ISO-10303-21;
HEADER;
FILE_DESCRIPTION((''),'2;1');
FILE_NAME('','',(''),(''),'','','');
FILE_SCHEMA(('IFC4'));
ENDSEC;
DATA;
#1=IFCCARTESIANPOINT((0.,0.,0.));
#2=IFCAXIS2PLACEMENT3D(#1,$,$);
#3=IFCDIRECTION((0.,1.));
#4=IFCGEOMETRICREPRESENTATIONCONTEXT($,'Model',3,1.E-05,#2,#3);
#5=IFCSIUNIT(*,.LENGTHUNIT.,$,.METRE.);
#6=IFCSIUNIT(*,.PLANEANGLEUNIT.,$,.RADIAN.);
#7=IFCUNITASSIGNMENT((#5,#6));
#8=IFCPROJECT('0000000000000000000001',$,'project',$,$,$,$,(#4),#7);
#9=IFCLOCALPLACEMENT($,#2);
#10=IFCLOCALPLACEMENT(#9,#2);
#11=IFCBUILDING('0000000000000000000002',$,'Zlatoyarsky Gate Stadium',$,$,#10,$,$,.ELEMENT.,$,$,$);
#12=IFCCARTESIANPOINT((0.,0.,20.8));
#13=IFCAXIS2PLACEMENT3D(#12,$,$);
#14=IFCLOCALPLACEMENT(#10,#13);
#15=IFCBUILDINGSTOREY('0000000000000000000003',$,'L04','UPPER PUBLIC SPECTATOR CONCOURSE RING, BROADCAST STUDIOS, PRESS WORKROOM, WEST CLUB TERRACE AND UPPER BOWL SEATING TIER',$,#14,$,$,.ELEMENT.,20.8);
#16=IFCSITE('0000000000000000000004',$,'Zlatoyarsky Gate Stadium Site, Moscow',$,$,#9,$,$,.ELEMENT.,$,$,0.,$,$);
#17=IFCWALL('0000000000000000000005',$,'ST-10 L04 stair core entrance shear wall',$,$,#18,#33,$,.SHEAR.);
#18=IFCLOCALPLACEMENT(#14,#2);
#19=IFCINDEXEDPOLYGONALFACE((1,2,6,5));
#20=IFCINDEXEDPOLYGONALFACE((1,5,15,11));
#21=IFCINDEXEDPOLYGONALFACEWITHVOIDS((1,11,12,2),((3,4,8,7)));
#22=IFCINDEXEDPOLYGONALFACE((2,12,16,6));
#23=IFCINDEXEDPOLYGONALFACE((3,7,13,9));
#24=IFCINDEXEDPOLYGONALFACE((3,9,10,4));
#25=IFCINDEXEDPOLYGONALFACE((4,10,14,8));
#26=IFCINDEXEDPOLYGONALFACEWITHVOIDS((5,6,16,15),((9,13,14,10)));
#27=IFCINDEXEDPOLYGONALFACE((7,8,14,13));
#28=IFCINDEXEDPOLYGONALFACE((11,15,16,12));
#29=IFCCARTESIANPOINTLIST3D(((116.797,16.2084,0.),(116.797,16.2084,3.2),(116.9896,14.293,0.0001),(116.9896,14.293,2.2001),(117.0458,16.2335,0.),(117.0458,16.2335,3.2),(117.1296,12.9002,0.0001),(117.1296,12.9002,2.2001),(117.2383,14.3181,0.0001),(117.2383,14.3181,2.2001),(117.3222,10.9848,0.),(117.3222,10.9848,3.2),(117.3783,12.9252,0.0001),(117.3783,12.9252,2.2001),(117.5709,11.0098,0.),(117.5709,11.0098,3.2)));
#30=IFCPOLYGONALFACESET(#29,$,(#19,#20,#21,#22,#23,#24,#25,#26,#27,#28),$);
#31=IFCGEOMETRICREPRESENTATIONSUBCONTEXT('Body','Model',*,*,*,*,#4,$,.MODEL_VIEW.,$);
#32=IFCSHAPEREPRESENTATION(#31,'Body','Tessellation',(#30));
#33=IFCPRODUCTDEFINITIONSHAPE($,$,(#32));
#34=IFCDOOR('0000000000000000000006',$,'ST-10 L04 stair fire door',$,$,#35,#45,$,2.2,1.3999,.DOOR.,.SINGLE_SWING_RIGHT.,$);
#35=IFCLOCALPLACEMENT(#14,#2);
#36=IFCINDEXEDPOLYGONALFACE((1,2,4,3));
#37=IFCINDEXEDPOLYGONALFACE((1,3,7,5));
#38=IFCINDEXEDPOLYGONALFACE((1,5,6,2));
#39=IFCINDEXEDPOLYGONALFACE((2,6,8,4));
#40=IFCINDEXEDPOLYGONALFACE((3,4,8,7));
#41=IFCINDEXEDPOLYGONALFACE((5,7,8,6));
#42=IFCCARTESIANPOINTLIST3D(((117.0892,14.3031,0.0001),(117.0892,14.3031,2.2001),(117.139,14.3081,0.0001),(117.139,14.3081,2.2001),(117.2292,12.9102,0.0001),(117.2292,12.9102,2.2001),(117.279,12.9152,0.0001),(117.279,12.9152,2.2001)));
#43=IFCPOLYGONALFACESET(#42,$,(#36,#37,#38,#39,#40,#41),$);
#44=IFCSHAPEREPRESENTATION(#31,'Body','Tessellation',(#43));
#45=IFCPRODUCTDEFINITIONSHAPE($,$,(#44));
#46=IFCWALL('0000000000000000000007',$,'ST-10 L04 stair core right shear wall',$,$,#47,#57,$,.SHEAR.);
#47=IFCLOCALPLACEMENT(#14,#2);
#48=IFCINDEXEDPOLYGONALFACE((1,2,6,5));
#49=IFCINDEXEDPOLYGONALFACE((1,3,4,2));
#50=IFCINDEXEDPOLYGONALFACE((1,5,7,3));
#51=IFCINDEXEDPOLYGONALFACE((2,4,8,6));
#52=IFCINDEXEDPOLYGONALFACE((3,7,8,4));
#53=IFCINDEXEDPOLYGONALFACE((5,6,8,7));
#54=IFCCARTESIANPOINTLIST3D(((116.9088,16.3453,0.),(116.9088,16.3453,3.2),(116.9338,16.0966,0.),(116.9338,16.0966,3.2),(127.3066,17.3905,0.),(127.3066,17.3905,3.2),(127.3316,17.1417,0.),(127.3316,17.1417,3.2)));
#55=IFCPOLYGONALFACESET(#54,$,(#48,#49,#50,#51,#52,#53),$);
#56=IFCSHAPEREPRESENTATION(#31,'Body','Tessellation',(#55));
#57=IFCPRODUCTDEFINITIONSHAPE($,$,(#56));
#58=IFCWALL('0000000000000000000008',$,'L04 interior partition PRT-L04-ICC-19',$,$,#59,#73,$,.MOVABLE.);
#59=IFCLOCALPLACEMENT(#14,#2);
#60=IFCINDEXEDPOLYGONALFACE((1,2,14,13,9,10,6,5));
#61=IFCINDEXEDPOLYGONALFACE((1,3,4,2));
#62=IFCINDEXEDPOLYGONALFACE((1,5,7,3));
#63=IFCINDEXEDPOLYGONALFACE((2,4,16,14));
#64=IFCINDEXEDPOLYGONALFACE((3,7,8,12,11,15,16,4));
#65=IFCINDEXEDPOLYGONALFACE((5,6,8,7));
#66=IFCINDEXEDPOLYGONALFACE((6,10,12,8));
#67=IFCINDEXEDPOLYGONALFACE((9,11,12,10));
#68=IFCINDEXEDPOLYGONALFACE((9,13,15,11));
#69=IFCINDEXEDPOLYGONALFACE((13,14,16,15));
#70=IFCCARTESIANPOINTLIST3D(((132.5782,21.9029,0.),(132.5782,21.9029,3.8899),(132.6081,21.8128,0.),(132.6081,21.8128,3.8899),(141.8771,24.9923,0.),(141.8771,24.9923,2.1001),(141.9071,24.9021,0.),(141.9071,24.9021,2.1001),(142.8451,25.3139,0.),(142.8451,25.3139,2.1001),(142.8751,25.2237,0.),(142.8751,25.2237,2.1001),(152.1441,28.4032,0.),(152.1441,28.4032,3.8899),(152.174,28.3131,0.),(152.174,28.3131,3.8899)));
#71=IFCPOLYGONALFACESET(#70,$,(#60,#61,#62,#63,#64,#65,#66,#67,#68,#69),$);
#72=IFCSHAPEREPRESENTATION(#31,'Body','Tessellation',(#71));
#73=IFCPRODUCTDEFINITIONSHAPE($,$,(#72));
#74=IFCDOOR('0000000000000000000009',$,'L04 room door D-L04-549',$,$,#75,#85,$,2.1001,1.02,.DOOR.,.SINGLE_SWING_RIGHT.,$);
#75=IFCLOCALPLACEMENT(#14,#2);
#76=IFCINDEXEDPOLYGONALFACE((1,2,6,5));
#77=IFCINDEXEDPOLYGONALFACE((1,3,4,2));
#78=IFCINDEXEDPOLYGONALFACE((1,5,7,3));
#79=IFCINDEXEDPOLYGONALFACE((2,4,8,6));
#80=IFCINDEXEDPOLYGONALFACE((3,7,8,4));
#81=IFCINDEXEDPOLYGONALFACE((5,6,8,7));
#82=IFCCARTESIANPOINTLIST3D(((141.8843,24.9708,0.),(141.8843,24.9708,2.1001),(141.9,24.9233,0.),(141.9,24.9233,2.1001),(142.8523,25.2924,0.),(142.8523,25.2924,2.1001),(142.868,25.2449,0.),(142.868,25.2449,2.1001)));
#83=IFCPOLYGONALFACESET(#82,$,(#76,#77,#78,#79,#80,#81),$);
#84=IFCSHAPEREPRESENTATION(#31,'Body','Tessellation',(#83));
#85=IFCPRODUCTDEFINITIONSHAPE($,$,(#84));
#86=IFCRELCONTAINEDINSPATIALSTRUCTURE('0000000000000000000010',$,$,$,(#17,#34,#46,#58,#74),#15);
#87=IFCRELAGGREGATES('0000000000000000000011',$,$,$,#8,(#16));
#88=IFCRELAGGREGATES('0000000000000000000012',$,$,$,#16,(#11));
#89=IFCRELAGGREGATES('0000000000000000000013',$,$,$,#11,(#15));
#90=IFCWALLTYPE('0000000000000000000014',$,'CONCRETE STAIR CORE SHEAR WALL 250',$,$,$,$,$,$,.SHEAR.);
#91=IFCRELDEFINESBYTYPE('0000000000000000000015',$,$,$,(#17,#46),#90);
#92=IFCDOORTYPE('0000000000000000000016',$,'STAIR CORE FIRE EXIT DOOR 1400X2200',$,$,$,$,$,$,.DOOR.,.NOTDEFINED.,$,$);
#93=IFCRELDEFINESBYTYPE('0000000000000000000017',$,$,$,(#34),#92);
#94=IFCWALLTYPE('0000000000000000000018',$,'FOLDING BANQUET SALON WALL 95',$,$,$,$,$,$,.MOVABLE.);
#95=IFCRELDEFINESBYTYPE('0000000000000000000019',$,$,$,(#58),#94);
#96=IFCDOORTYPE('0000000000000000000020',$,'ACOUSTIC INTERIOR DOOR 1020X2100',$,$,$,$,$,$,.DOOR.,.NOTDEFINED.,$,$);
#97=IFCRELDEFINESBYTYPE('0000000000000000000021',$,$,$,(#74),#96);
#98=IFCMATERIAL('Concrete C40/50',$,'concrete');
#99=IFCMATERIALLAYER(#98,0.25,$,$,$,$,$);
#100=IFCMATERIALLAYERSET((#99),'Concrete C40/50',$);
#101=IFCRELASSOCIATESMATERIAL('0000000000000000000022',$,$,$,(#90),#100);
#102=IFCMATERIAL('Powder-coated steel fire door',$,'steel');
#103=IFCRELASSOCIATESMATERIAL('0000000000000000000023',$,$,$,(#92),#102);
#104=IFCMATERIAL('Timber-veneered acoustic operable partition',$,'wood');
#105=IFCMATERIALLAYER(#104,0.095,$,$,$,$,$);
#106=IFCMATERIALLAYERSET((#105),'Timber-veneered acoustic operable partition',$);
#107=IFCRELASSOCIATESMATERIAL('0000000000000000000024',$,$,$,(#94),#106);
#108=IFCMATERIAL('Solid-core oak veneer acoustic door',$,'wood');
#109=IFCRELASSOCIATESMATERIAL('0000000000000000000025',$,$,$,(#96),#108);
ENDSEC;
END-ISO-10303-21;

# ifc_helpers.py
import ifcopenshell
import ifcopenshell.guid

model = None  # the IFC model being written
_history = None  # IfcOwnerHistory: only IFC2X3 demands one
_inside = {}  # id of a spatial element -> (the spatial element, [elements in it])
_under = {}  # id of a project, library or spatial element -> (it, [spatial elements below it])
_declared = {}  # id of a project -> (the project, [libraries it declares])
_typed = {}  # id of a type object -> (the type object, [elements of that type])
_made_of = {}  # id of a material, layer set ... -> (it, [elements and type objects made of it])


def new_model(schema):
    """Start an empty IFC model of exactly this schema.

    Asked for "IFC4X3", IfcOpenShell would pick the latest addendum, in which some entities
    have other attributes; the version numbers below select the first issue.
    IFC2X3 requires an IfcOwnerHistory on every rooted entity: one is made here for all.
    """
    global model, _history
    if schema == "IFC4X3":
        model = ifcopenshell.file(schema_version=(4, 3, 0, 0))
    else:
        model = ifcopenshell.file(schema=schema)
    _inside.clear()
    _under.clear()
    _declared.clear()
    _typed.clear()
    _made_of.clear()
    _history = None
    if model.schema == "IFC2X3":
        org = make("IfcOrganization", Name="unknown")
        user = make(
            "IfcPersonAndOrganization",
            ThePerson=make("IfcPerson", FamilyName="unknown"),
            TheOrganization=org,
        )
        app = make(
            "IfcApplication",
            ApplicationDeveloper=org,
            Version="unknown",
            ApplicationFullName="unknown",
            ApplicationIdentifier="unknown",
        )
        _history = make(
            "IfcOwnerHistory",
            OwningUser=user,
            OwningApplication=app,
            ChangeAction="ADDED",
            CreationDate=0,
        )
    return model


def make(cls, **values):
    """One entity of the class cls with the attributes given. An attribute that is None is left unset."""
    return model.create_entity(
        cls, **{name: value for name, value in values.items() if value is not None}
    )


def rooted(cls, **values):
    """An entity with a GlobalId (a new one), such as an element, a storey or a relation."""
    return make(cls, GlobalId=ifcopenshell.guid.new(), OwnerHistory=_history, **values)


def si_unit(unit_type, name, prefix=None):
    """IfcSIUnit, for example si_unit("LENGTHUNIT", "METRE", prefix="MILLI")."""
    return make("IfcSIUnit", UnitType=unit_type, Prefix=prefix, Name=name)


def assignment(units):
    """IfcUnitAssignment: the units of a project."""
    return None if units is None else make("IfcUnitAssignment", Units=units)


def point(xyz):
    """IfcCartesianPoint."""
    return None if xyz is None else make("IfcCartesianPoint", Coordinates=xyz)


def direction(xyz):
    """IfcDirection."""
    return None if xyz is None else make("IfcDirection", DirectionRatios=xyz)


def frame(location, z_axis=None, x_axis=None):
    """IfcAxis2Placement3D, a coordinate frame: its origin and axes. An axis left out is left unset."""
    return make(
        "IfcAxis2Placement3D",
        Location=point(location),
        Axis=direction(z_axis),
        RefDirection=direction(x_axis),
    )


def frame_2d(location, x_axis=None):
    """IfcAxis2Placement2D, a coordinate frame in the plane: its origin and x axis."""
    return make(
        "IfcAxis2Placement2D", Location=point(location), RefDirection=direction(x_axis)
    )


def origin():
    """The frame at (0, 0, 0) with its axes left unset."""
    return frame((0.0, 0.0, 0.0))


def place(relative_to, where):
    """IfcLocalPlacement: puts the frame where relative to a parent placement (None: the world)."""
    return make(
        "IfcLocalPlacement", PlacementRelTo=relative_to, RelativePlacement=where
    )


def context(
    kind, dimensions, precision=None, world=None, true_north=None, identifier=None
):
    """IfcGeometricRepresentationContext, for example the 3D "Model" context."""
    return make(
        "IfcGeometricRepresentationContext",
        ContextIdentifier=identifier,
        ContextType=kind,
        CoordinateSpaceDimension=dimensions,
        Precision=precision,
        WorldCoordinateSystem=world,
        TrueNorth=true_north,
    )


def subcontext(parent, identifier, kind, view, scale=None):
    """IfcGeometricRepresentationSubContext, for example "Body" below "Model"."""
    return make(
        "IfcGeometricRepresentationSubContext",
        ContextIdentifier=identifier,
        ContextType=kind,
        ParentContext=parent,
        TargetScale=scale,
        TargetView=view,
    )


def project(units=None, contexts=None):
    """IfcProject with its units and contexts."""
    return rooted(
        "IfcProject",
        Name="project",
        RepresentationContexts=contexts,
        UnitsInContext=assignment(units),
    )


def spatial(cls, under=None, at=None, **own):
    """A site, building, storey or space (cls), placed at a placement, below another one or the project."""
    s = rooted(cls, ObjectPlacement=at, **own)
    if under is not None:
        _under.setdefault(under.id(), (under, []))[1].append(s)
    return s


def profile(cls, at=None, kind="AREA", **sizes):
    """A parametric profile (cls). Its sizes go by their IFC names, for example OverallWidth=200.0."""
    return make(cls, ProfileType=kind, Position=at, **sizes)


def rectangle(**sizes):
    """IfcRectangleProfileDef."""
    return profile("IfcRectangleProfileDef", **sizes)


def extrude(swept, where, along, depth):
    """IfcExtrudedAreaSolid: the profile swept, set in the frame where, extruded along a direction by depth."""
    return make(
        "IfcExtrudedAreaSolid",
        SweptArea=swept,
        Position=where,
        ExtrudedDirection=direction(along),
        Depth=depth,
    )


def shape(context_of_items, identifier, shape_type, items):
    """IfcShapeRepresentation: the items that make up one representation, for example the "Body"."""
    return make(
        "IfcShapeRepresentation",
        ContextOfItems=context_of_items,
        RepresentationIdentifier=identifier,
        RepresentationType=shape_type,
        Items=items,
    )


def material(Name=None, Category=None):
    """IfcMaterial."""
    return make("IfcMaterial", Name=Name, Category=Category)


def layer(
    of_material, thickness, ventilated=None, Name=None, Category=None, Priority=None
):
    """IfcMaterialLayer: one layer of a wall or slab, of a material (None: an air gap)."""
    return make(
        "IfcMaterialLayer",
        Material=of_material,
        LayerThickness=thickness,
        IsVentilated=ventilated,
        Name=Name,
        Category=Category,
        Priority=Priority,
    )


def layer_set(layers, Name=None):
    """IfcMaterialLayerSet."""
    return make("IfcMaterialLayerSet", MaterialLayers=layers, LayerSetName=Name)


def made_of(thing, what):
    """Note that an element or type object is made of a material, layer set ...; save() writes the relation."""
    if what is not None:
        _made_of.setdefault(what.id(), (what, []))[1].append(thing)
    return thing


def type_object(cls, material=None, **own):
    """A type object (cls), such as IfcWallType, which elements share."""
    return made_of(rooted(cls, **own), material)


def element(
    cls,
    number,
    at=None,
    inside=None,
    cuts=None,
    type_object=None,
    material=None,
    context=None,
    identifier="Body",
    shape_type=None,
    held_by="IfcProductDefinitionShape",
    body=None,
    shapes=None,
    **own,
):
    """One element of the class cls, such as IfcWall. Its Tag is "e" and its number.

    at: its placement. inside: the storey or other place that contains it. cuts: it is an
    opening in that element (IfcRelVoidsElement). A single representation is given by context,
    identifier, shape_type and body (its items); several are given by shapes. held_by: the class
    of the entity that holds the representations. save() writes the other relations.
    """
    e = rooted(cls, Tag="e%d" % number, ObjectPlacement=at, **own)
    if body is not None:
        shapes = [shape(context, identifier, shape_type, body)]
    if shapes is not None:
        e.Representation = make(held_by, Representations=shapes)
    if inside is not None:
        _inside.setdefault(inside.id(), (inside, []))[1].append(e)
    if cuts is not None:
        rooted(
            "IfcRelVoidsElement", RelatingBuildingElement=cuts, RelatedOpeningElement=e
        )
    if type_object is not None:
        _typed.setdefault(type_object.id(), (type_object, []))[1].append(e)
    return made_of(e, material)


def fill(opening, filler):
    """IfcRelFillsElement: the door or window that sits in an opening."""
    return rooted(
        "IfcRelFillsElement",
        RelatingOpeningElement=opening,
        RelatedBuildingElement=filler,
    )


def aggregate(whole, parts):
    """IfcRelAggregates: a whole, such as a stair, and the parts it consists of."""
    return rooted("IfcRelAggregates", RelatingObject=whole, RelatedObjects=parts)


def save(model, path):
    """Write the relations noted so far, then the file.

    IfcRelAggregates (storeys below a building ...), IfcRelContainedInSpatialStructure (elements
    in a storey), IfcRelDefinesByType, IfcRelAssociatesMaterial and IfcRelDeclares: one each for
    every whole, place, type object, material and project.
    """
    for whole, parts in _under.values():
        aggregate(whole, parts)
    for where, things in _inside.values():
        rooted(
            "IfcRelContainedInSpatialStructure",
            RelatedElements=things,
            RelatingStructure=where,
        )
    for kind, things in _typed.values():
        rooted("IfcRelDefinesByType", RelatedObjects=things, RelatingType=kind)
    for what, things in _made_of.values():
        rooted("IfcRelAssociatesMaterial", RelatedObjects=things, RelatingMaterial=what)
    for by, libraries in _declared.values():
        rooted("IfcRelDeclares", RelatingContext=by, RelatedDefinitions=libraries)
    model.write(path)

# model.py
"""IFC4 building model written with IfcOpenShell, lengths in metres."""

from ifc_helpers import new_model, si_unit, direction, frame, frame_2d, origin, place, context, subcontext, project, spatial, rectangle, extrude, material, layer, layer_set, type_object, element, fill, save


model = new_model("IFC4")

# Units and contexts
model_context = context("Model", 3, precision=1e-05, world=origin(), true_north=direction((0.0, 1.0)))
body_context = subcontext(model_context, "Body", "Model", "MODEL_VIEW")
ifc_project = project(units=[si_unit("LENGTHUNIT", "METRE"), si_unit("PLANEANGLEUNIT", "RADIAN")], contexts=[model_context])

# Site, building, storey
site_placement = place(None, origin())
site = spatial("IfcSite", under=ifc_project, at=site_placement, Name="Zlatoyarsky Gate Stadium Site, Moscow", CompositionType="ELEMENT", RefElevation=0.0)
building_placement = place(site_placement, origin())
building = spatial("IfcBuilding", under=site, at=building_placement, Name="Zlatoyarsky Gate Stadium", CompositionType="ELEMENT")
storey_placement = place(building_placement, frame((0.0, 0.0, 20.8)))
storey = spatial("IfcBuildingStorey", under=building, at=storey_placement, Name="L04", Description="UPPER PUBLIC SPECTATOR CONCOURSE RING, BROADCAST STUDIOS, PRESS WORKROOM, WEST CLUB TERRACE AND UPPER BOWL SEATING TIER", CompositionType="ELEMENT", Elevation=20.8)

# Shared definitions
ifc_material_1 = material(Name="Concrete C40/50", Category="concrete")

# Wall, opening, door
ifc_layer_1 = layer(ifc_material_1, 0.25)
ifc_layer_set_1 = layer_set([ifc_layer_1], Name="Concrete C40/50")
wall_type_1 = type_object("IfcWallType", Name="CONCRETE STAIR CORE SHEAR WALL 250", PredefinedType="SHEAR", material=ifc_layer_set_1)
wall_1_placement = place(storey_placement, frame((116.9214, 16.2209, 0.0), z_axis=(0.0, 0.0, 1.0), x_axis=(0.100029, -0.994985, 0.0)))
wall_1 = element("IfcWall", 1, at=wall_1_placement, inside=storey, type_object=wall_type_1, Name="ST-10 L04 stair core entrance shear wall", PredefinedType="SHEAR", context=body_context, shape_type="SweptSolid", body=[
    extrude(rectangle(XDim=5.25, YDim=0.25, at=frame_2d((2.625, 0.0))), origin(), (0.0, 0.0, 1.0), 3.2),
])
opening_1_placement = place(wall_1_placement, frame((1.925, 0.0, 0.0)))
opening_1 = element("IfcOpeningElement", 2, at=opening_1_placement, cuts=wall_1, PredefinedType="OPENING", context=body_context, shape_type="SweptSolid", body=[
    extrude(rectangle(XDim=1.3999, YDim=2.2, at=frame_2d((0.7, 1.1001))), frame((0.0, 0.135, 0.0), z_axis=(0.0, -1.0, 0.0), x_axis=(1.0, 0.0, 0.0)), (0.0, 0.0, 1.0), 0.27),
])
ifc_material_2 = material(Name="Powder-coated steel fire door", Category="steel")
door_type_1 = type_object("IfcDoorType", Name="STAIR CORE FIRE EXIT DOOR 1400X2200", OperationType="NOTDEFINED", PredefinedType="DOOR", material=ifc_material_2)
door_1_placement = place(opening_1_placement, frame((1.3999, 0.0, 0.0), z_axis=(0.0, 0.0, 1.0), x_axis=(-1.0, 0.0, 0.0)))
door_1 = element("IfcDoor", 3, at=door_1_placement, inside=storey, type_object=door_type_1, Name="ST-10 L04 stair fire door", OperationType="SINGLE_SWING_RIGHT", OverallHeight=2.2, OverallWidth=1.3999, PredefinedType="DOOR", context=body_context, shape_type="SweptSolid", body=[
    extrude(rectangle(XDim=1.3999, YDim=2.2, at=frame_2d((0.7, 1.1001))), frame((0.0, 0.0249, 0.0), z_axis=(0.0, -1.0, 0.0), x_axis=(1.0, 0.0, 0.0)), (0.0, 0.0, 1.0), 0.05),
])
fill(opening_1, door_1)

# Wall
wall_2_placement = place(storey_placement, frame((127.3191, 17.2661, 0.0), z_axis=(0.0, 0.0, 1.0), x_axis=(-0.994986, -0.100015, 0.0)))
element("IfcWall", 4, at=wall_2_placement, inside=storey, type_object=wall_type_1, Name="ST-10 L04 stair core right shear wall", PredefinedType="SHEAR", context=body_context, shape_type="SweptSolid", body=[
    extrude(rectangle(XDim=10.4502, YDim=0.25, at=frame_2d((5.2251, 0.0))), origin(), (0.0, 0.0, 1.0), 3.2),
])

# Wall, opening, door
ifc_material_3 = material(Name="Timber-veneered acoustic operable partition", Category="wood")
ifc_layer_2 = layer(ifc_material_3, 0.095)
ifc_layer_set_2 = layer_set([ifc_layer_2], Name="Timber-veneered acoustic operable partition")
wall_type_2 = type_object("IfcWallType", Name="FOLDING BANQUET SALON WALL 95", PredefinedType="MOVABLE", material=ifc_layer_set_2)
wall_3_placement = place(storey_placement, frame((132.5933, 21.8579, 0.0), z_axis=(0.0, 0.0, 1.0), x_axis=(0.948999, 0.315279, 0.0)))
wall_3 = element("IfcWall", 5, at=wall_3_placement, inside=storey, type_object=wall_type_2, Name="L04 interior partition PRT-L04-ICC-19", PredefinedType="MOVABLE", context=body_context, shape_type="SweptSolid", body=[
    extrude(rectangle(XDim=20.6174, YDim=0.095, at=frame_2d((10.3086, 0.0))), origin(), (0.0, 0.0, 1.0), 3.8899),
])
opening_2_placement = place(wall_3_placement, frame((9.7986, 0.0, 0.0)))
opening_2 = element("IfcOpeningElement", 6, at=opening_2_placement, cuts=wall_3, PredefinedType="OPENING", context=body_context, shape_type="SweptSolid", body=[
    extrude(rectangle(XDim=1.02, YDim=2.1001, at=frame_2d((0.51, 1.05))), frame((0.0, 0.0574, 0.0), z_axis=(0.0, -1.0, 0.0), x_axis=(1.0, 0.0, 0.0)), (0.0, 0.0, 1.0), 0.115),
])
ifc_material_4 = material(Name="Solid-core oak veneer acoustic door", Category="wood")
door_type_2 = type_object("IfcDoorType", Name="ACOUSTIC INTERIOR DOOR 1020X2100", OperationType="NOTDEFINED", PredefinedType="DOOR", material=ifc_material_4)
door_2_placement = place(opening_2_placement, origin())
door_2 = element("IfcDoor", 7, at=door_2_placement, inside=storey, type_object=door_type_2, Name="L04 room door D-L04-549", OperationType="SINGLE_SWING_RIGHT", OverallHeight=2.1001, OverallWidth=1.02, PredefinedType="DOOR", context=body_context, shape_type="SweptSolid", body=[
    extrude(rectangle(XDim=1.02, YDim=2.1001, at=frame_2d((0.51, 1.05))), frame((0.0, 0.0249, 0.0), z_axis=(0.0, -1.0, 0.0), x_axis=(1.0, 0.0, 0.0)), (0.0, 0.0, 1.0), 0.05),
])
fill(opening_2, door_2)

save(model, "model.ifc")
